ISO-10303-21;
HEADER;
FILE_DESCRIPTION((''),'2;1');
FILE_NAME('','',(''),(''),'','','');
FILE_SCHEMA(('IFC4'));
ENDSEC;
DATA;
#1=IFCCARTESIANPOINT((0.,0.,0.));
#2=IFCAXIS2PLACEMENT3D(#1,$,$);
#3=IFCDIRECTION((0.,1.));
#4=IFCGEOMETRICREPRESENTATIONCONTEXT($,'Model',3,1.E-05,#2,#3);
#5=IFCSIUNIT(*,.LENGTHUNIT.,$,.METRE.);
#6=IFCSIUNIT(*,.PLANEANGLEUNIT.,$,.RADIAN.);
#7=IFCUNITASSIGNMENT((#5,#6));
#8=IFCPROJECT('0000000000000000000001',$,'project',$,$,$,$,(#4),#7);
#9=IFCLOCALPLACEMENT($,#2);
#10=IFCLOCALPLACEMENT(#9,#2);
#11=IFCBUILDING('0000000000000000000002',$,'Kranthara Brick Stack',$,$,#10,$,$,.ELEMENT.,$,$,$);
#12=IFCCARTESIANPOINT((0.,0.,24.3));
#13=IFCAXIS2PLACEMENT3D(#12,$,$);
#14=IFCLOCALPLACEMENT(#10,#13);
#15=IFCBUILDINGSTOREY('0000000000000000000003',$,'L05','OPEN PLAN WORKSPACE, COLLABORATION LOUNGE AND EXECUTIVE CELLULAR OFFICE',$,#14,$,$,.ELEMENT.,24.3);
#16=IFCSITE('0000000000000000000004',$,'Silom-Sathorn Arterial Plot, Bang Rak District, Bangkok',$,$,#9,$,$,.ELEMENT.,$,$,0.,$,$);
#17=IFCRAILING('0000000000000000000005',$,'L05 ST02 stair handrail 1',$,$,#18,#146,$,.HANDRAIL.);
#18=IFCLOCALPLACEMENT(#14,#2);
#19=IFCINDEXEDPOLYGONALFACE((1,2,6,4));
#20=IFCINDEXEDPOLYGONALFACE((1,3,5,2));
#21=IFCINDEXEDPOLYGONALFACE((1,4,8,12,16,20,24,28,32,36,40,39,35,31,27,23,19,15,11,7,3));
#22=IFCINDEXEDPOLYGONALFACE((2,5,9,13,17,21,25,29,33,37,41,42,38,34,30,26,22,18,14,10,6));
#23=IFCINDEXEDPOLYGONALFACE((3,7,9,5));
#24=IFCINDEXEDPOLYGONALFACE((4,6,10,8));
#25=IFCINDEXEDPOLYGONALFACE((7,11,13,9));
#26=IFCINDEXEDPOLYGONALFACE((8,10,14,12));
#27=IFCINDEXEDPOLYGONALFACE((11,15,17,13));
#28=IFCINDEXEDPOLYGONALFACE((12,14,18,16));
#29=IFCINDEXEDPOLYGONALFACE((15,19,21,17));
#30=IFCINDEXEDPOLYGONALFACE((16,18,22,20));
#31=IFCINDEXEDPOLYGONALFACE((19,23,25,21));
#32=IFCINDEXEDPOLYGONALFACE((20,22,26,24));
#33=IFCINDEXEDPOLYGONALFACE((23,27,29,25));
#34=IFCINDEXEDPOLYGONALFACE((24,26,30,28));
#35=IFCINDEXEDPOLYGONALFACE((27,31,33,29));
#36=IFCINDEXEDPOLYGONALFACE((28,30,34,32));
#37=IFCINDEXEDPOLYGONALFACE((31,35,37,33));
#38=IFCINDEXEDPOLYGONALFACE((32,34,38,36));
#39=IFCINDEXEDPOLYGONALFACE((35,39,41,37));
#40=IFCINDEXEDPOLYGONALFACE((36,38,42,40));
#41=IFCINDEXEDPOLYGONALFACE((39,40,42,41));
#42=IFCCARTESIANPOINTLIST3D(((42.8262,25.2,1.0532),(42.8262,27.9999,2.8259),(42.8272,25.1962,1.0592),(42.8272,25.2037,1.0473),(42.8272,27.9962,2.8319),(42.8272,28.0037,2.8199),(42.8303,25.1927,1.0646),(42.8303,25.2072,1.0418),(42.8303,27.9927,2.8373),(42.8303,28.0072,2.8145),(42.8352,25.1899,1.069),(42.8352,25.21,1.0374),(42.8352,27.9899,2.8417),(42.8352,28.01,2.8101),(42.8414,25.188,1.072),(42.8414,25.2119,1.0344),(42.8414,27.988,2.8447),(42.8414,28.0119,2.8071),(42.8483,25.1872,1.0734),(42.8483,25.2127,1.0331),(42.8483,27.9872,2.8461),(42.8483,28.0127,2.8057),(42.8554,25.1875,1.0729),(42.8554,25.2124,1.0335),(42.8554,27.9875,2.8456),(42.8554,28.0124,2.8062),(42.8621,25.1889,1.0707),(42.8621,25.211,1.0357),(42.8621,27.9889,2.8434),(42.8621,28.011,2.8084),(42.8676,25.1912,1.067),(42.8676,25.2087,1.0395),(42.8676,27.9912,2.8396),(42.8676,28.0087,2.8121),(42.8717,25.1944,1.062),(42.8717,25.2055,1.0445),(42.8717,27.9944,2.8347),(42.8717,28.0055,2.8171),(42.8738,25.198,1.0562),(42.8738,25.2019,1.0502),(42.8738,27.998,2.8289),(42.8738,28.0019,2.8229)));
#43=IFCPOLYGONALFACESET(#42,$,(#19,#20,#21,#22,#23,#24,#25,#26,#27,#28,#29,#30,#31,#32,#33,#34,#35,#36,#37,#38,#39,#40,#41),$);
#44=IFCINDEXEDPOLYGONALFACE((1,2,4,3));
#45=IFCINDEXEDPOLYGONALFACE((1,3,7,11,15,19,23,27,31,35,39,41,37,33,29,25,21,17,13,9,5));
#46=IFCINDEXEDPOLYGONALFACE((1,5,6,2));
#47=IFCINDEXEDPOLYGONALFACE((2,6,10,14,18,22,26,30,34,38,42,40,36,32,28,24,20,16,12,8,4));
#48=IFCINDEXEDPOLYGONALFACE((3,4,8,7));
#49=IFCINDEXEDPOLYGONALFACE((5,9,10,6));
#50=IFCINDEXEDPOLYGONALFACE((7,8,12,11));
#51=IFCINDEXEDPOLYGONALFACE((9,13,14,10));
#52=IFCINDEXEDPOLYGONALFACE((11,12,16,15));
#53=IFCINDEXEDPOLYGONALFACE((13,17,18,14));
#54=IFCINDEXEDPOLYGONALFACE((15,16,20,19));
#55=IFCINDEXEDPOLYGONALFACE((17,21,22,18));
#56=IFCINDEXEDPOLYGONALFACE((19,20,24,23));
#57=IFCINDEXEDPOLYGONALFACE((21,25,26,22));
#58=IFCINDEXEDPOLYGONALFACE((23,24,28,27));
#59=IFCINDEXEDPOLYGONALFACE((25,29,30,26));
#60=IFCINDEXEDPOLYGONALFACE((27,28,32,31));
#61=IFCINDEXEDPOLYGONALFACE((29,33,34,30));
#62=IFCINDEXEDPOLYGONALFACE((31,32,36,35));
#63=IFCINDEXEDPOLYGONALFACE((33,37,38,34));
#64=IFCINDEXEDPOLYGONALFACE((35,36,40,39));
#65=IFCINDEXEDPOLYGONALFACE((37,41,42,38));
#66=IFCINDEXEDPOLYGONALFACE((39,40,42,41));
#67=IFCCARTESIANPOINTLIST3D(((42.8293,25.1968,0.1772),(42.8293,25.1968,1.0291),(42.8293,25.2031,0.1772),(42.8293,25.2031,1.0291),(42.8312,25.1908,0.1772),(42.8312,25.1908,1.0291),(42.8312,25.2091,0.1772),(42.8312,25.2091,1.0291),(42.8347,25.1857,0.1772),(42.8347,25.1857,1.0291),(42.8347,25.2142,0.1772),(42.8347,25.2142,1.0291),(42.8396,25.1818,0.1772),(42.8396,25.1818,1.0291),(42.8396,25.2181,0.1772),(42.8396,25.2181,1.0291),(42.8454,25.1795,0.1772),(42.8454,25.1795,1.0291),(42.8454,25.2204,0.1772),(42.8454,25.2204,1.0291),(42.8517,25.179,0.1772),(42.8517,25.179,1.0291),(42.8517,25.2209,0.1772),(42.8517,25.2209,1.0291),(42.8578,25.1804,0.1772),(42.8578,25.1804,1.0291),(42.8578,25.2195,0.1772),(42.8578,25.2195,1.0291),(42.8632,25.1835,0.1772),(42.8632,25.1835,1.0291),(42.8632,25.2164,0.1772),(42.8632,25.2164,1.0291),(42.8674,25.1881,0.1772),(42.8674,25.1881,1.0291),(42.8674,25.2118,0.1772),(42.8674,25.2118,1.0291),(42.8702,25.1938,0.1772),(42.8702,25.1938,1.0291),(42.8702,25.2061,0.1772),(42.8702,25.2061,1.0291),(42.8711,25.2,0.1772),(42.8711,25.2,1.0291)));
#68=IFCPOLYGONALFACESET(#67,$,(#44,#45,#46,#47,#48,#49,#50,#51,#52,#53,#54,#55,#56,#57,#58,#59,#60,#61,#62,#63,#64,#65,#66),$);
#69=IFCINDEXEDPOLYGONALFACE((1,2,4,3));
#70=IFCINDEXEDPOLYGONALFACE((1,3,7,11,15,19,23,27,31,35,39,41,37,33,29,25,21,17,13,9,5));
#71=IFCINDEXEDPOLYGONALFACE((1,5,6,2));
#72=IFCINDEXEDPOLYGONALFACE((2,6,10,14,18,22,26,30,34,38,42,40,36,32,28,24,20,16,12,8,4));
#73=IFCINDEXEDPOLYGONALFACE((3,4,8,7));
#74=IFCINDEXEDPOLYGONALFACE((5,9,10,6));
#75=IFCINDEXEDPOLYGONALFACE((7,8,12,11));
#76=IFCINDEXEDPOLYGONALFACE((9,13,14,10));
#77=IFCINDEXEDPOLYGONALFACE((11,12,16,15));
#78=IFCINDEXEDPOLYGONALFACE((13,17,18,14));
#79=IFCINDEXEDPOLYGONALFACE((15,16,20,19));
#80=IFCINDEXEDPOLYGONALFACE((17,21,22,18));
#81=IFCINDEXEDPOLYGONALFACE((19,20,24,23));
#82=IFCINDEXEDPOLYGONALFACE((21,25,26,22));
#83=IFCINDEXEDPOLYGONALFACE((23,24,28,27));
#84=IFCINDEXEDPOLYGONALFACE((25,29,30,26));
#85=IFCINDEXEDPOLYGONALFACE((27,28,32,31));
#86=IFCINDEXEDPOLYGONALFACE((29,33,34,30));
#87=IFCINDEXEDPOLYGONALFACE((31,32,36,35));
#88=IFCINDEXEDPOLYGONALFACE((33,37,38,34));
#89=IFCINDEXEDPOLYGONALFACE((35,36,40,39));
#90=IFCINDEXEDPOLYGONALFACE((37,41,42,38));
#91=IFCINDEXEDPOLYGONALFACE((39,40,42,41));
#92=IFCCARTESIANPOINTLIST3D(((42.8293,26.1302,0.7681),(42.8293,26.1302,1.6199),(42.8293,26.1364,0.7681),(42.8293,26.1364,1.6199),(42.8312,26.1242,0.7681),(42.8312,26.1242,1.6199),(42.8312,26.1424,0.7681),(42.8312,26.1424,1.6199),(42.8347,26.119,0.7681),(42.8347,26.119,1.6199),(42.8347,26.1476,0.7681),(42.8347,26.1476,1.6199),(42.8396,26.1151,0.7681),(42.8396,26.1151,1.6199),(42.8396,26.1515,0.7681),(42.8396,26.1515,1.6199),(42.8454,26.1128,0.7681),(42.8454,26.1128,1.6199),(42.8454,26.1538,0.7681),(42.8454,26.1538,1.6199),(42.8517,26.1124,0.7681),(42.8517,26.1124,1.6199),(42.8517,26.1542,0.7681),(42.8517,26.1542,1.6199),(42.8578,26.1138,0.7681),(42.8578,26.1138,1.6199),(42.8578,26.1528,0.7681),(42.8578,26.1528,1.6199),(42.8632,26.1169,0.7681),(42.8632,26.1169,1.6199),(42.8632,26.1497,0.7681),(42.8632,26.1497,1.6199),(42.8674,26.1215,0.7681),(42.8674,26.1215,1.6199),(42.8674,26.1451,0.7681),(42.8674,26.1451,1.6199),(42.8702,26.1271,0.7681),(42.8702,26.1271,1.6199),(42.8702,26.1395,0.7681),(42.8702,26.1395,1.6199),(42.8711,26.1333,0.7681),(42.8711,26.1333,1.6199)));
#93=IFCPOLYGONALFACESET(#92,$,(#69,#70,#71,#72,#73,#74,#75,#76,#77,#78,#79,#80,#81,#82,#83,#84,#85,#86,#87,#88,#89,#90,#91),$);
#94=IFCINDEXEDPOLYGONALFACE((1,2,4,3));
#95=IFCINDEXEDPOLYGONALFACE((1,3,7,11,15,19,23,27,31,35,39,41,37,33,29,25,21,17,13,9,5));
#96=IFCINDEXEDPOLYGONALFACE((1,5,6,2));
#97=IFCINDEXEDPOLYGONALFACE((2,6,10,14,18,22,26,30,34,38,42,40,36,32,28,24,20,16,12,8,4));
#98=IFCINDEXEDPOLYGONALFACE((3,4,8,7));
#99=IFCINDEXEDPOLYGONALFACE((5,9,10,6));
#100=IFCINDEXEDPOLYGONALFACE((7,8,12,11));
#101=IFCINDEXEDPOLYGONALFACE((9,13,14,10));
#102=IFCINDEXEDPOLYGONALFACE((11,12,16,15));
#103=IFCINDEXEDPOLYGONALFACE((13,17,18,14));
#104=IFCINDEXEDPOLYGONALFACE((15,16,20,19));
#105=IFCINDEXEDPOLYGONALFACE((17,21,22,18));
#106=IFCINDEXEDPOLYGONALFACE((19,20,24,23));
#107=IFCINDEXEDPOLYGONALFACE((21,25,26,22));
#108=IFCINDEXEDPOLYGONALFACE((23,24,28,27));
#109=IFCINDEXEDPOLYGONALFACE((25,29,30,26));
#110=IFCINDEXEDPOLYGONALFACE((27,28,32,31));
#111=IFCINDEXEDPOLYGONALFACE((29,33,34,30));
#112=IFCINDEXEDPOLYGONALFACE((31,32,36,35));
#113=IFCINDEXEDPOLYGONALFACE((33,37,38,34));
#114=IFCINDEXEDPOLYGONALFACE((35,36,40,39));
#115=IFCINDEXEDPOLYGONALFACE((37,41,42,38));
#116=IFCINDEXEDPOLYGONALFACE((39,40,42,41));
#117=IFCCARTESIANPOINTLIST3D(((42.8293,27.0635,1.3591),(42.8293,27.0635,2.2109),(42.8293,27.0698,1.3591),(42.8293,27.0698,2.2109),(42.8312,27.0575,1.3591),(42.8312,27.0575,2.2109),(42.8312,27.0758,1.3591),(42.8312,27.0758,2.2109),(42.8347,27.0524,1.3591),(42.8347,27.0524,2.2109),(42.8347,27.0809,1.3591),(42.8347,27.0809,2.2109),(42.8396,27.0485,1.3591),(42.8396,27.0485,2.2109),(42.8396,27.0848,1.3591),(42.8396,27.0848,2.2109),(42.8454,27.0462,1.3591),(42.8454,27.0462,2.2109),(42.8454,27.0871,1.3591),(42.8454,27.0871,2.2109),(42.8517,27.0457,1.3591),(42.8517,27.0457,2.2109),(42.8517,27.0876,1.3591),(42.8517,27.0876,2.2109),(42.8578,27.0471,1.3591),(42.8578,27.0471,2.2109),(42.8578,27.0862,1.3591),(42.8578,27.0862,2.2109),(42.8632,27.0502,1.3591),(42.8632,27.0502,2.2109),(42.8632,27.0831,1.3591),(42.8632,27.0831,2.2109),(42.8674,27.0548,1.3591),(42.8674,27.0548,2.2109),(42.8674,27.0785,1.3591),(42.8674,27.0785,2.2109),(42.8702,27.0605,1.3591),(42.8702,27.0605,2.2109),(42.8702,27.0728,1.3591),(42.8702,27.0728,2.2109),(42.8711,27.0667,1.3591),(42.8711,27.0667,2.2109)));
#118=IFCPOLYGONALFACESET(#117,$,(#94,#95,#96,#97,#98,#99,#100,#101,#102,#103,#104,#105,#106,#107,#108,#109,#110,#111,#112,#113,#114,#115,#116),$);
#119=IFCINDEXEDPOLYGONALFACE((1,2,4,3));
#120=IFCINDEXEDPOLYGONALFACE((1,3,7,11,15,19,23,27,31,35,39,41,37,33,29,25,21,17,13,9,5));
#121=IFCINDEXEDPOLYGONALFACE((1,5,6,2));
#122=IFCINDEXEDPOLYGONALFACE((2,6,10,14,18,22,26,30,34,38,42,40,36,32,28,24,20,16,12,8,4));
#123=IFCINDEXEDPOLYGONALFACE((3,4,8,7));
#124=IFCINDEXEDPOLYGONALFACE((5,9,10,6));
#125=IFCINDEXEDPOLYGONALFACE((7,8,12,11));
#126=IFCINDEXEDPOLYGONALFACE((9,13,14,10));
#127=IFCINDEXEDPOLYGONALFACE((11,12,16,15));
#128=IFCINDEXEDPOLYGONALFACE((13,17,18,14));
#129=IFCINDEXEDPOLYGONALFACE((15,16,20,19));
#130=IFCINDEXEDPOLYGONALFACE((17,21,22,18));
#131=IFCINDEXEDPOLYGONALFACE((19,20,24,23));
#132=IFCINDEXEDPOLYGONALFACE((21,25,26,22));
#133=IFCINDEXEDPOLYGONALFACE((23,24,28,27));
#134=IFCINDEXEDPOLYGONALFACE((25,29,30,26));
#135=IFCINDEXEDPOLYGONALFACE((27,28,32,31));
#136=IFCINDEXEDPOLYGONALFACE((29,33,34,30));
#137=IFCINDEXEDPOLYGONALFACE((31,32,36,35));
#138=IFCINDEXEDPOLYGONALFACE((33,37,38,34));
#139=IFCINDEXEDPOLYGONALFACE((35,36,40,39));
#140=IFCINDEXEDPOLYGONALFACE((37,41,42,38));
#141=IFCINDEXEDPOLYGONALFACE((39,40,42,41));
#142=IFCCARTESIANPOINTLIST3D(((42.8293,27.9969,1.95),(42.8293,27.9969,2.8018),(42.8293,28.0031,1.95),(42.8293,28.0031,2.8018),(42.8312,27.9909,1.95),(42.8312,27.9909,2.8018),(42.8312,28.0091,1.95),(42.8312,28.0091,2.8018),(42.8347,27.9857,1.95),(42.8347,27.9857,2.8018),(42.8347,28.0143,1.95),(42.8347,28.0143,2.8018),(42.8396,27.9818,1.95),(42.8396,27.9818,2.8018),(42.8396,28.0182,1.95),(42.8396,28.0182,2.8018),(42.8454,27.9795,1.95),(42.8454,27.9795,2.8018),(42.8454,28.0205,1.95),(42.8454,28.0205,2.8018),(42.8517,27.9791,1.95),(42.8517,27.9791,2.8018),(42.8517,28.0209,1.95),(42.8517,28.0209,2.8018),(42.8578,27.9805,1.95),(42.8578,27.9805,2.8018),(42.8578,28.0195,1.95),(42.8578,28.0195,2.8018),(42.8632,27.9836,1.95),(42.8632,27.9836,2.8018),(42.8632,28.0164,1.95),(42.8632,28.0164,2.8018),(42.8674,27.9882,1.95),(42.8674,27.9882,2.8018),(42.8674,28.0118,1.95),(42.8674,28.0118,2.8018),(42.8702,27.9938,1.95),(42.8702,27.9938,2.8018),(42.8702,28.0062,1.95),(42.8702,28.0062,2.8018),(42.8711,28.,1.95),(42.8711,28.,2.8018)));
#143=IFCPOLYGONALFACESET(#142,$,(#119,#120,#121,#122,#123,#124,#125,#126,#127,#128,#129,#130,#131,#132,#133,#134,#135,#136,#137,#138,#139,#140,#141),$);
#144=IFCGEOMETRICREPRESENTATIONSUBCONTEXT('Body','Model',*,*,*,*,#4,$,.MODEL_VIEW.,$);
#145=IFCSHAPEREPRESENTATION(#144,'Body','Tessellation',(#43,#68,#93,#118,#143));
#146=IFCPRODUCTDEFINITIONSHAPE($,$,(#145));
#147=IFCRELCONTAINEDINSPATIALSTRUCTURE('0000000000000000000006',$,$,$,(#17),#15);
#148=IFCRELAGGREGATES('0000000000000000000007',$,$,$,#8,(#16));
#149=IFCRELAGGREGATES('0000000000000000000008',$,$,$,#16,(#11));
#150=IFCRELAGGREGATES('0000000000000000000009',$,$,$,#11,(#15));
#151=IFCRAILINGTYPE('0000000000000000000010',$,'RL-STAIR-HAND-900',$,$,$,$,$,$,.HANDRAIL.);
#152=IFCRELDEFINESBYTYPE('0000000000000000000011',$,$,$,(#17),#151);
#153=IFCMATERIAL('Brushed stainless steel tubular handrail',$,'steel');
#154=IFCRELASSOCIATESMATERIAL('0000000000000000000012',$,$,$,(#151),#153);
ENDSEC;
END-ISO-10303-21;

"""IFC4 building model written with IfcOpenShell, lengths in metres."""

from ifc_helpers import new_model, si_unit, direction, frame, origin, origin_2d, place, context, subcontext, project, spatial, circle, extrude, material, type_object, element, save


model = new_model("IFC4")

# Units and contexts
model_context = context("Model", 3, precision=1e-05, world=origin(), true_north=direction((0.0, 1.0)))
body_context = subcontext(model_context, "Body", "Model", "MODEL_VIEW")
ifc_project = project(units=[si_unit("LENGTHUNIT", "METRE"), si_unit("PLANEANGLEUNIT", "RADIAN")], contexts=[model_context])

# Site, building, storey
site_placement = place(None, origin())
site = spatial("IfcSite", under=ifc_project, at=site_placement, Name="Silom-Sathorn Arterial Plot, Bang Rak District, Bangkok", CompositionType="ELEMENT", RefElevation=0.0)
building_placement = place(site_placement, origin())
building = spatial("IfcBuilding", under=site, at=building_placement, Name="Kranthara Brick Stack", CompositionType="ELEMENT")
storey_placement = place(building_placement, frame((0.0, 0.0, 24.3)))
storey = spatial("IfcBuildingStorey", under=building, at=storey_placement, Name="L05", Description="OPEN PLAN WORKSPACE, COLLABORATION LOUNGE AND EXECUTIVE CELLULAR OFFICE", CompositionType="ELEMENT", Elevation=24.3)

# Railing
ifc_material_1 = material(Name="Brushed stainless steel tubular handrail", Category="steel")
railing_type_1 = type_object("IfcRailingType", Name="RL-STAIR-HAND-900", PredefinedType="HANDRAIL", material=ifc_material_1)
railing_1_placement = place(storey_placement, frame((42.8501, 25.2, 0.1772)))
element("IfcRailing", 1, at=railing_1_placement, inside=storey, type_object=railing_type_1, Name="L05 ST02 stair handrail 1", PredefinedType="HANDRAIL", context=body_context, shape_type="SweptSolid", body=[
    extrude(circle(Radius=0.0239, at=origin_2d()), frame((0.0, 0.0, 0.876), z_axis=(0.0, 0.844909, 0.53491), x_axis=(-1.0, 0.0, 0.0)), (0.0, 0.0, 1.0), 3.314),
    extrude(circle(Radius=0.021, at=origin_2d()), origin(), (0.0, 0.0, 1.0), 0.8518),
    extrude(circle(Radius=0.021, at=origin_2d()), frame((0.0, 0.9333, 0.5908)), (0.0, 0.0, 1.0), 0.8518),
    extrude(circle(Radius=0.021, at=origin_2d()), frame((0.0, 1.8667, 1.1819)), (0.0, 0.0, 1.0), 0.8518),
    extrude(circle(Radius=0.021, at=origin_2d()), frame((0.0, 2.8, 1.7727)), (0.0, 0.0, 1.0), 0.8518),
])

save(model, "model.ifc")
